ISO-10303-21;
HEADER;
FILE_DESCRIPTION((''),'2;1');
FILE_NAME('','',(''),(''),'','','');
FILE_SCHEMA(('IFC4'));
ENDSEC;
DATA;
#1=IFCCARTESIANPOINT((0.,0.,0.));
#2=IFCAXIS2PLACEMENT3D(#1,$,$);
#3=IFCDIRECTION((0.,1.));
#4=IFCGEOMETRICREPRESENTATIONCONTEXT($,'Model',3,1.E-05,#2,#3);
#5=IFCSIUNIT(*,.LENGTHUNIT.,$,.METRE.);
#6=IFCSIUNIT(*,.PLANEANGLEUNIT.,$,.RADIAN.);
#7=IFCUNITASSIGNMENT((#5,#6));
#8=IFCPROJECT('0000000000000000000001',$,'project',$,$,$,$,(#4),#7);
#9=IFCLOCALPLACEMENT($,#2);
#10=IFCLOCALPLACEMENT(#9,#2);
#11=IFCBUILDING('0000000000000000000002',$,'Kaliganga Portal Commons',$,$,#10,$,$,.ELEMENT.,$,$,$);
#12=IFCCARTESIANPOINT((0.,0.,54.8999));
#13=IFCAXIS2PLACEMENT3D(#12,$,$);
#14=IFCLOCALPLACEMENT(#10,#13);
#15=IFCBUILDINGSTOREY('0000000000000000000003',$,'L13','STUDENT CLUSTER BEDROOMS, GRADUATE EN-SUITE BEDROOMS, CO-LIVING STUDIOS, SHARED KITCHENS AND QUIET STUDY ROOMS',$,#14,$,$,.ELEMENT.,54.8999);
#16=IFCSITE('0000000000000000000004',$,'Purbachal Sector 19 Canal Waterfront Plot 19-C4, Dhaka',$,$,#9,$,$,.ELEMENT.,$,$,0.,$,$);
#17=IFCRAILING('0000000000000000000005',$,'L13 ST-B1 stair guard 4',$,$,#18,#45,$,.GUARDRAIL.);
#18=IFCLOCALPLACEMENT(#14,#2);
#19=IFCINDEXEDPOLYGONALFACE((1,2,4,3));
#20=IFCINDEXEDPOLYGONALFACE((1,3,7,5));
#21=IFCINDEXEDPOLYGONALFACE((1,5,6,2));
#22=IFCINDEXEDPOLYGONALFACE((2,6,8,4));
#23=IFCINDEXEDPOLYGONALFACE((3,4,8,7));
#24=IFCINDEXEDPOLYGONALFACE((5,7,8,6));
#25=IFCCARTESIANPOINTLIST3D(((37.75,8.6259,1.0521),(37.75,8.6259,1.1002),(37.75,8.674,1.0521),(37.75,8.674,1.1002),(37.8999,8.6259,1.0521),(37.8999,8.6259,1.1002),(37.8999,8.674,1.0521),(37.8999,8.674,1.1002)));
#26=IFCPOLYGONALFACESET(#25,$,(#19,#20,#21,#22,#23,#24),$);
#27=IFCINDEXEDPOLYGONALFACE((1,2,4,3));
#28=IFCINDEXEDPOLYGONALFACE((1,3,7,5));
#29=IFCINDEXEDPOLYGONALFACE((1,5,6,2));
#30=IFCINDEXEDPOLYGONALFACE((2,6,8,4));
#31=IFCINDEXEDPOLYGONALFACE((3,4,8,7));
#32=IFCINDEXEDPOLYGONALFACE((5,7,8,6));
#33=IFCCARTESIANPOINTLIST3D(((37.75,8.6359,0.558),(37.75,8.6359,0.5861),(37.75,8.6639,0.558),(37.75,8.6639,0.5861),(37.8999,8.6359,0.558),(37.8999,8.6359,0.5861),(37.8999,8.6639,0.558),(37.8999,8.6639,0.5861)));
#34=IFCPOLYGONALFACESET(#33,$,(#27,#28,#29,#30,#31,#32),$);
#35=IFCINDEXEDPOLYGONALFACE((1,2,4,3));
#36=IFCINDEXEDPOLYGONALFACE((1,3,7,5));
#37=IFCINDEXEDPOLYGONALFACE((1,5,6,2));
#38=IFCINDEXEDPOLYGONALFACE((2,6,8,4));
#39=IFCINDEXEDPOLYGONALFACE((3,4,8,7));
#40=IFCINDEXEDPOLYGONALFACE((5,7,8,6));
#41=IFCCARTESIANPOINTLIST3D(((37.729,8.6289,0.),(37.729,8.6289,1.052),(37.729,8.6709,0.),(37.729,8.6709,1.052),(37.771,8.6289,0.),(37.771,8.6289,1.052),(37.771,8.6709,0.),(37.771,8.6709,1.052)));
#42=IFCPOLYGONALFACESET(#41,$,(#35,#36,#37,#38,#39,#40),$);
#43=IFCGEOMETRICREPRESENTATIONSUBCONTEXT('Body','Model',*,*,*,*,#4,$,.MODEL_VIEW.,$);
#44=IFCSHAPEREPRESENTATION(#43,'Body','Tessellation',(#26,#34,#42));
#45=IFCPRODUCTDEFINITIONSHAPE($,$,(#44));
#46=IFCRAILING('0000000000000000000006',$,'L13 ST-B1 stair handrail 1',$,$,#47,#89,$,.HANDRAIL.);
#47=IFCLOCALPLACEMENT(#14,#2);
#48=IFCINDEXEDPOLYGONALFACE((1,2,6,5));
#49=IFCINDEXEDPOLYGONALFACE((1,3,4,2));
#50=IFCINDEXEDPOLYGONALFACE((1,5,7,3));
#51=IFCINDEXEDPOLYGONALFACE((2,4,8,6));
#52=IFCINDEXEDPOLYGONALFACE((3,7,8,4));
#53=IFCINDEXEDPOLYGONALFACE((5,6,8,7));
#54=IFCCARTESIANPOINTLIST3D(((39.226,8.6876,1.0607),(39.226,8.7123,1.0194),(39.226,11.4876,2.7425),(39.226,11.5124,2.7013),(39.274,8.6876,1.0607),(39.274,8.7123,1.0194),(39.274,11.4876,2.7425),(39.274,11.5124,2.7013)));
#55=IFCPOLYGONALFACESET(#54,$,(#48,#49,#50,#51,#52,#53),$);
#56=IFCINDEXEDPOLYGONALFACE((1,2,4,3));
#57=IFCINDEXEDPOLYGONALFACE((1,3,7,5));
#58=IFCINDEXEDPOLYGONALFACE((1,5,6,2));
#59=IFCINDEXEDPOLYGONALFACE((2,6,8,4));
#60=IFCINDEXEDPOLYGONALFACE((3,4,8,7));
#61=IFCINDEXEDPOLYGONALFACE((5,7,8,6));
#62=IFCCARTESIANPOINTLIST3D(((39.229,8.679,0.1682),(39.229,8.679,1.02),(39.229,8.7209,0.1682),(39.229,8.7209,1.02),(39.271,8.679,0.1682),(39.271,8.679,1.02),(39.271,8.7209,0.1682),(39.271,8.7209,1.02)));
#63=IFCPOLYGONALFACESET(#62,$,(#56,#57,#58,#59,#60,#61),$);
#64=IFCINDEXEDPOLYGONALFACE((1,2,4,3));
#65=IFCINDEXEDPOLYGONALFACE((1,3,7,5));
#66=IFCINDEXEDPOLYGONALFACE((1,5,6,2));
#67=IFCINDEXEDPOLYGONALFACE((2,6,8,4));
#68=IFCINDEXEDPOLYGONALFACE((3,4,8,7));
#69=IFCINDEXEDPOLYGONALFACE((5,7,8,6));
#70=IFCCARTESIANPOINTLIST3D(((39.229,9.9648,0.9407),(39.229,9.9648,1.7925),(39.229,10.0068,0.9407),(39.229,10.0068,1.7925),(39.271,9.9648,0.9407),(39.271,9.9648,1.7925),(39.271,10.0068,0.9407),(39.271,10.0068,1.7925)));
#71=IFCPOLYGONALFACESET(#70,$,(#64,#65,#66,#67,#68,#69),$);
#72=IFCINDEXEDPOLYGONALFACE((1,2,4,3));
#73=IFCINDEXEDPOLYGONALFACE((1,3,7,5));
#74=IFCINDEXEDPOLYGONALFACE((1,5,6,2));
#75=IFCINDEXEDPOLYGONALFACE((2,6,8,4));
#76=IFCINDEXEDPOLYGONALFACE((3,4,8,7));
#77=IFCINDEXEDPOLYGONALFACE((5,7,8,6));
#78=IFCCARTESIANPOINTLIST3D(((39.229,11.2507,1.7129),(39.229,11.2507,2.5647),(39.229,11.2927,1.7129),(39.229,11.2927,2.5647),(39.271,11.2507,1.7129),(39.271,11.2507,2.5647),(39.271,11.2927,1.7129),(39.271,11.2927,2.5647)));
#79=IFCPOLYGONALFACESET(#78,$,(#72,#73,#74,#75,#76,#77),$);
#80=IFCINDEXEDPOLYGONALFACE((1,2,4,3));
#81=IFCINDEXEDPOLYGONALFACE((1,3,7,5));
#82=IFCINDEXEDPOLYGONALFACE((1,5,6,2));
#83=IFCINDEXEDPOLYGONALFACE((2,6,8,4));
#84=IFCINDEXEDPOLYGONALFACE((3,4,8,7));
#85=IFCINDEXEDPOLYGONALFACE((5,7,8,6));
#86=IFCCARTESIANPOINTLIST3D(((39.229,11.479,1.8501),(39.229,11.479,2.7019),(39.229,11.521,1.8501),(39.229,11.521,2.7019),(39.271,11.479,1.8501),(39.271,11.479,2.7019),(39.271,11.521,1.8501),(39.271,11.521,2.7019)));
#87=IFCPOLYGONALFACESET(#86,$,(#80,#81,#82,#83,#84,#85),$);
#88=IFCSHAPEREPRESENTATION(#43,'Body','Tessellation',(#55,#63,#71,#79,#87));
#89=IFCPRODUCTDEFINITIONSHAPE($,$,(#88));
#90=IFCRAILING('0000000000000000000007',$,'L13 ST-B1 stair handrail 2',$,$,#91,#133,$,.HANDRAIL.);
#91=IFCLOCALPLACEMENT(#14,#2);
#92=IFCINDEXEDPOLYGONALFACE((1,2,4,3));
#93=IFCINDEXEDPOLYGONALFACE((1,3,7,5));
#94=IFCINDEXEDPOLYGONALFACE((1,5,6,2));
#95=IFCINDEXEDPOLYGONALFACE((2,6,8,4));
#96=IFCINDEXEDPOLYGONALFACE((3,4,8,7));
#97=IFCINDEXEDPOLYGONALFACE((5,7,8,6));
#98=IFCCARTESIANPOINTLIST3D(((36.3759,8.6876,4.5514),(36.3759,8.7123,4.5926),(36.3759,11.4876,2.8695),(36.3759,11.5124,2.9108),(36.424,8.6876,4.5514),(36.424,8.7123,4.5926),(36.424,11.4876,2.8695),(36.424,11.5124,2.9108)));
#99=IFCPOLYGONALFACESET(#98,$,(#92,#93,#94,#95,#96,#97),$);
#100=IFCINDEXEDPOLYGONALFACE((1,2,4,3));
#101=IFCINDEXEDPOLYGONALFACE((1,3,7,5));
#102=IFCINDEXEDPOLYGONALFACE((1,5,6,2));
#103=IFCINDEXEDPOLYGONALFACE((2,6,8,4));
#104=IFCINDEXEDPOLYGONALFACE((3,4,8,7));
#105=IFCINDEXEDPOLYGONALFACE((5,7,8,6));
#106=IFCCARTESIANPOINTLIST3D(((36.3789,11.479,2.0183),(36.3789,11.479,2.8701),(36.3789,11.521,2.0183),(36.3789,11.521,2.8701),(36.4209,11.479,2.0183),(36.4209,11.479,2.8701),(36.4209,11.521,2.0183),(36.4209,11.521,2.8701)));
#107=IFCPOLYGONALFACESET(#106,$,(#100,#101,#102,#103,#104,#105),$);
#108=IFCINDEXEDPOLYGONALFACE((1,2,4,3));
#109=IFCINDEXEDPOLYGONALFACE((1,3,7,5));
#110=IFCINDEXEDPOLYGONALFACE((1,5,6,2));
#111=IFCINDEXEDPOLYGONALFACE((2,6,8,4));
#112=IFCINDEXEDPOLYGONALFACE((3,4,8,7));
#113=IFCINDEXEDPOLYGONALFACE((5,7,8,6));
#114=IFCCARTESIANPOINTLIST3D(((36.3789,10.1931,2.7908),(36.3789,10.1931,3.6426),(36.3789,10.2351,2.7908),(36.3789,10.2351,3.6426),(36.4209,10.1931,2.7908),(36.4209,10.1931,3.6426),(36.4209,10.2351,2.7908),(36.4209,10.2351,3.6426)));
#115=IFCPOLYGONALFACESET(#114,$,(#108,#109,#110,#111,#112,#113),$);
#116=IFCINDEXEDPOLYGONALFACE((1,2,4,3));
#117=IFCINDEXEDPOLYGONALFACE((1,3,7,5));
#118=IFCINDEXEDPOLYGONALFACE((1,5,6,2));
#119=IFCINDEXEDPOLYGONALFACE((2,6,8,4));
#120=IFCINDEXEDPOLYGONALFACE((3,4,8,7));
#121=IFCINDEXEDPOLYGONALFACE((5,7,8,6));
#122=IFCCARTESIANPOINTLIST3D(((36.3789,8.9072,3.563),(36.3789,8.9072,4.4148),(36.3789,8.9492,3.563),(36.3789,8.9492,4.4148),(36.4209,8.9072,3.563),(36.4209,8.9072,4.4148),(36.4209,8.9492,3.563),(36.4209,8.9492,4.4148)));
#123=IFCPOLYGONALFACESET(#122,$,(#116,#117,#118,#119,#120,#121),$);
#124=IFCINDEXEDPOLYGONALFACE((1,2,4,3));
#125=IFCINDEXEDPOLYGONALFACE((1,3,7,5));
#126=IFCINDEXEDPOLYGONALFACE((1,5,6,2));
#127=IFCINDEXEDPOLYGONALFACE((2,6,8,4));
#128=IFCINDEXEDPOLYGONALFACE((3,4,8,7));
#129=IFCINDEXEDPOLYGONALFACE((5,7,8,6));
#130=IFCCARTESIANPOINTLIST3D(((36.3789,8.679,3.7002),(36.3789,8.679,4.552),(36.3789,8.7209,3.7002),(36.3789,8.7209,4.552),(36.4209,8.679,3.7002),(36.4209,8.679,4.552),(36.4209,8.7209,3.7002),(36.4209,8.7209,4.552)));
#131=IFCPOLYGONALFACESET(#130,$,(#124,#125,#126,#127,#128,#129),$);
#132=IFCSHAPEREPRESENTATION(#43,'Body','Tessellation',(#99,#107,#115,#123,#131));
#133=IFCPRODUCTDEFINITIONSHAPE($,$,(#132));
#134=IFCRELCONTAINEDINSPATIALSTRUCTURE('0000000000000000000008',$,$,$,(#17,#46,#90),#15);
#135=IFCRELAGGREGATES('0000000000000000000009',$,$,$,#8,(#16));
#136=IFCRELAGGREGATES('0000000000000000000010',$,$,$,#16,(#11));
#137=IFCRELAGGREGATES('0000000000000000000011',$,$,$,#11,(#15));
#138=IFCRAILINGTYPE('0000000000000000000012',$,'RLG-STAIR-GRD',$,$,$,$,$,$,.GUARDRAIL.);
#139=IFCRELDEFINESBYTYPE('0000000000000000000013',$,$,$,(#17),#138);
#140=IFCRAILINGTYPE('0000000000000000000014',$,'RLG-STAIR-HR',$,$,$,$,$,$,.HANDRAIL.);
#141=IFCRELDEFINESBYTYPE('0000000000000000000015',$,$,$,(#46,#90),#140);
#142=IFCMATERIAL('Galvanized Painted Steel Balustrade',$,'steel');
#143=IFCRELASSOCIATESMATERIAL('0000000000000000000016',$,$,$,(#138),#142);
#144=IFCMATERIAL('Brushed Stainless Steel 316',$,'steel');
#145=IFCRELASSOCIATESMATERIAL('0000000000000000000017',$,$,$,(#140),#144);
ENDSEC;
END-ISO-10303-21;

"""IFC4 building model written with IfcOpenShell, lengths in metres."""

from ifc_helpers import new_model, si_unit, direction, frame, origin, origin_2d, place, context, subcontext, project, spatial, rectangle, extrude, material, type_object, element, save


model = new_model("IFC4")

# Units and contexts
model_context = context("Model", 3, precision=1e-05, world=origin(), true_north=direction((0.0, 1.0)))
body_context = subcontext(model_context, "Body", "Model", "MODEL_VIEW")
ifc_project = project(units=[si_unit("LENGTHUNIT", "METRE"), si_unit("PLANEANGLEUNIT", "RADIAN")], contexts=[model_context])

# Site, building, storey
site_placement = place(None, origin())
site = spatial("IfcSite", under=ifc_project, at=site_placement, Name="Purbachal Sector 19 Canal Waterfront Plot 19-C4, Dhaka", CompositionType="ELEMENT", RefElevation=0.0)
building_placement = place(site_placement, origin())
building = spatial("IfcBuilding", under=site, at=building_placement, Name="Kaliganga Portal Commons", CompositionType="ELEMENT")
storey_placement = place(building_placement, frame((0.0, 0.0, 54.8999)))
storey = spatial("IfcBuildingStorey", under=building, at=storey_placement, Name="L13", Description="STUDENT CLUSTER BEDROOMS, GRADUATE EN-SUITE BEDROOMS, CO-LIVING STUDIOS, SHARED KITCHENS AND QUIET STUDY ROOMS", CompositionType="ELEMENT", Elevation=54.8999)

# Railings
ifc_material_1 = material(Name="Galvanized Painted Steel Balustrade", Category="steel")
railing_type_1 = type_object("IfcRailingType", Name="RLG-STAIR-GRD", PredefinedType="GUARDRAIL", material=ifc_material_1)
railing_1_placement = place(storey_placement, frame((37.8999, 8.6499, 0.0)))
element("IfcRailing", 1, at=railing_1_placement, inside=storey, type_object=railing_type_1, Name="L13 ST-B1 stair guard 4", PredefinedType="GUARDRAIL", context=body_context, shape_type="SweptSolid", body=[
    extrude(rectangle(XDim=0.0481, YDim=0.0481, at=origin_2d()), frame((0.0, 0.0, 1.0762), z_axis=(-1.0, 0.0, 0.0), x_axis=(0.0, -1.0, 0.0)), (0.0, 0.0, 1.0), 0.1499),
    extrude(rectangle(XDim=0.0281, YDim=0.0281, at=origin_2d()), frame((0.0, 0.0, 0.572), z_axis=(-1.0, 0.0, 0.0), x_axis=(0.0, -1.0, 0.0)), (0.0, 0.0, 1.0), 0.1499),
    extrude(rectangle(XDim=0.042, YDim=0.042, at=origin_2d()), frame((-0.1499, 0.0, 0.0)), (0.0, 0.0, 1.0), 1.052),
])
ifc_material_2 = material(Name="Brushed Stainless Steel 316", Category="steel")
railing_type_2 = type_object("IfcRailingType", Name="RLG-STAIR-HR", PredefinedType="HANDRAIL", material=ifc_material_2)
railing_2_placement = place(storey_placement, frame((39.25, 8.7, 0.1682)))
element("IfcRailing", 2, at=railing_2_placement, inside=storey, type_object=railing_type_2, Name="L13 ST-B1 stair handrail 1", PredefinedType="HANDRAIL", context=body_context, shape_type="SweptSolid", body=[
    extrude(rectangle(XDim=0.0481, YDim=0.0481, at=origin_2d()), frame((0.0, 0.0, 0.8718), z_axis=(0.0, 0.857242, 0.514913), x_axis=(-1.0, 0.0, 0.0)), (0.0, 0.0, 1.0), 3.2664),
    extrude(rectangle(XDim=0.042, YDim=0.042, at=origin_2d()), origin(), (0.0, 0.0, 1.0), 0.8518),
    extrude(rectangle(XDim=0.042, YDim=0.042, at=origin_2d()), frame((0.0, 1.2859, 0.7725)), (0.0, 0.0, 1.0), 0.8518),
    extrude(rectangle(XDim=0.042, YDim=0.042, at=origin_2d()), frame((0.0, 2.5718, 1.5447)), (0.0, 0.0, 1.0), 0.8518),
    extrude(rectangle(XDim=0.042, YDim=0.042, at=origin_2d()), frame((0.0, 2.8, 1.6819)), (0.0, 0.0, 1.0), 0.8518),
])
railing_3_placement = place(storey_placement, frame((36.3999, 11.5, 2.0183)))
element("IfcRailing", 3, at=railing_3_placement, inside=storey, type_object=railing_type_2, Name="L13 ST-B1 stair handrail 2", PredefinedType="HANDRAIL", context=body_context, shape_type="SweptSolid", body=[
    extrude(rectangle(XDim=0.0481, YDim=0.0481, at=origin_2d()), frame((0.0, 0.0, 0.8718), z_axis=(0.0, -0.857242, 0.514913), x_axis=(1.0, 0.0, 0.0)), (0.0, 0.0, 1.0), 3.2664),
    extrude(rectangle(XDim=0.042, YDim=0.042, at=origin_2d()), origin(), (0.0, 0.0, 1.0), 0.8518),
    extrude(rectangle(XDim=0.042, YDim=0.042, at=origin_2d()), frame((0.0, -1.2859, 0.7725)), (0.0, 0.0, 1.0), 0.8518),
    extrude(rectangle(XDim=0.042, YDim=0.042, at=origin_2d()), frame((0.0, -2.5718, 1.5447)), (0.0, 0.0, 1.0), 0.8518),
    extrude(rectangle(XDim=0.042, YDim=0.042, at=origin_2d()), frame((0.0, -2.8, 1.6819)), (0.0, 0.0, 1.0), 0.8518),
])

save(model, "model.ifc")
